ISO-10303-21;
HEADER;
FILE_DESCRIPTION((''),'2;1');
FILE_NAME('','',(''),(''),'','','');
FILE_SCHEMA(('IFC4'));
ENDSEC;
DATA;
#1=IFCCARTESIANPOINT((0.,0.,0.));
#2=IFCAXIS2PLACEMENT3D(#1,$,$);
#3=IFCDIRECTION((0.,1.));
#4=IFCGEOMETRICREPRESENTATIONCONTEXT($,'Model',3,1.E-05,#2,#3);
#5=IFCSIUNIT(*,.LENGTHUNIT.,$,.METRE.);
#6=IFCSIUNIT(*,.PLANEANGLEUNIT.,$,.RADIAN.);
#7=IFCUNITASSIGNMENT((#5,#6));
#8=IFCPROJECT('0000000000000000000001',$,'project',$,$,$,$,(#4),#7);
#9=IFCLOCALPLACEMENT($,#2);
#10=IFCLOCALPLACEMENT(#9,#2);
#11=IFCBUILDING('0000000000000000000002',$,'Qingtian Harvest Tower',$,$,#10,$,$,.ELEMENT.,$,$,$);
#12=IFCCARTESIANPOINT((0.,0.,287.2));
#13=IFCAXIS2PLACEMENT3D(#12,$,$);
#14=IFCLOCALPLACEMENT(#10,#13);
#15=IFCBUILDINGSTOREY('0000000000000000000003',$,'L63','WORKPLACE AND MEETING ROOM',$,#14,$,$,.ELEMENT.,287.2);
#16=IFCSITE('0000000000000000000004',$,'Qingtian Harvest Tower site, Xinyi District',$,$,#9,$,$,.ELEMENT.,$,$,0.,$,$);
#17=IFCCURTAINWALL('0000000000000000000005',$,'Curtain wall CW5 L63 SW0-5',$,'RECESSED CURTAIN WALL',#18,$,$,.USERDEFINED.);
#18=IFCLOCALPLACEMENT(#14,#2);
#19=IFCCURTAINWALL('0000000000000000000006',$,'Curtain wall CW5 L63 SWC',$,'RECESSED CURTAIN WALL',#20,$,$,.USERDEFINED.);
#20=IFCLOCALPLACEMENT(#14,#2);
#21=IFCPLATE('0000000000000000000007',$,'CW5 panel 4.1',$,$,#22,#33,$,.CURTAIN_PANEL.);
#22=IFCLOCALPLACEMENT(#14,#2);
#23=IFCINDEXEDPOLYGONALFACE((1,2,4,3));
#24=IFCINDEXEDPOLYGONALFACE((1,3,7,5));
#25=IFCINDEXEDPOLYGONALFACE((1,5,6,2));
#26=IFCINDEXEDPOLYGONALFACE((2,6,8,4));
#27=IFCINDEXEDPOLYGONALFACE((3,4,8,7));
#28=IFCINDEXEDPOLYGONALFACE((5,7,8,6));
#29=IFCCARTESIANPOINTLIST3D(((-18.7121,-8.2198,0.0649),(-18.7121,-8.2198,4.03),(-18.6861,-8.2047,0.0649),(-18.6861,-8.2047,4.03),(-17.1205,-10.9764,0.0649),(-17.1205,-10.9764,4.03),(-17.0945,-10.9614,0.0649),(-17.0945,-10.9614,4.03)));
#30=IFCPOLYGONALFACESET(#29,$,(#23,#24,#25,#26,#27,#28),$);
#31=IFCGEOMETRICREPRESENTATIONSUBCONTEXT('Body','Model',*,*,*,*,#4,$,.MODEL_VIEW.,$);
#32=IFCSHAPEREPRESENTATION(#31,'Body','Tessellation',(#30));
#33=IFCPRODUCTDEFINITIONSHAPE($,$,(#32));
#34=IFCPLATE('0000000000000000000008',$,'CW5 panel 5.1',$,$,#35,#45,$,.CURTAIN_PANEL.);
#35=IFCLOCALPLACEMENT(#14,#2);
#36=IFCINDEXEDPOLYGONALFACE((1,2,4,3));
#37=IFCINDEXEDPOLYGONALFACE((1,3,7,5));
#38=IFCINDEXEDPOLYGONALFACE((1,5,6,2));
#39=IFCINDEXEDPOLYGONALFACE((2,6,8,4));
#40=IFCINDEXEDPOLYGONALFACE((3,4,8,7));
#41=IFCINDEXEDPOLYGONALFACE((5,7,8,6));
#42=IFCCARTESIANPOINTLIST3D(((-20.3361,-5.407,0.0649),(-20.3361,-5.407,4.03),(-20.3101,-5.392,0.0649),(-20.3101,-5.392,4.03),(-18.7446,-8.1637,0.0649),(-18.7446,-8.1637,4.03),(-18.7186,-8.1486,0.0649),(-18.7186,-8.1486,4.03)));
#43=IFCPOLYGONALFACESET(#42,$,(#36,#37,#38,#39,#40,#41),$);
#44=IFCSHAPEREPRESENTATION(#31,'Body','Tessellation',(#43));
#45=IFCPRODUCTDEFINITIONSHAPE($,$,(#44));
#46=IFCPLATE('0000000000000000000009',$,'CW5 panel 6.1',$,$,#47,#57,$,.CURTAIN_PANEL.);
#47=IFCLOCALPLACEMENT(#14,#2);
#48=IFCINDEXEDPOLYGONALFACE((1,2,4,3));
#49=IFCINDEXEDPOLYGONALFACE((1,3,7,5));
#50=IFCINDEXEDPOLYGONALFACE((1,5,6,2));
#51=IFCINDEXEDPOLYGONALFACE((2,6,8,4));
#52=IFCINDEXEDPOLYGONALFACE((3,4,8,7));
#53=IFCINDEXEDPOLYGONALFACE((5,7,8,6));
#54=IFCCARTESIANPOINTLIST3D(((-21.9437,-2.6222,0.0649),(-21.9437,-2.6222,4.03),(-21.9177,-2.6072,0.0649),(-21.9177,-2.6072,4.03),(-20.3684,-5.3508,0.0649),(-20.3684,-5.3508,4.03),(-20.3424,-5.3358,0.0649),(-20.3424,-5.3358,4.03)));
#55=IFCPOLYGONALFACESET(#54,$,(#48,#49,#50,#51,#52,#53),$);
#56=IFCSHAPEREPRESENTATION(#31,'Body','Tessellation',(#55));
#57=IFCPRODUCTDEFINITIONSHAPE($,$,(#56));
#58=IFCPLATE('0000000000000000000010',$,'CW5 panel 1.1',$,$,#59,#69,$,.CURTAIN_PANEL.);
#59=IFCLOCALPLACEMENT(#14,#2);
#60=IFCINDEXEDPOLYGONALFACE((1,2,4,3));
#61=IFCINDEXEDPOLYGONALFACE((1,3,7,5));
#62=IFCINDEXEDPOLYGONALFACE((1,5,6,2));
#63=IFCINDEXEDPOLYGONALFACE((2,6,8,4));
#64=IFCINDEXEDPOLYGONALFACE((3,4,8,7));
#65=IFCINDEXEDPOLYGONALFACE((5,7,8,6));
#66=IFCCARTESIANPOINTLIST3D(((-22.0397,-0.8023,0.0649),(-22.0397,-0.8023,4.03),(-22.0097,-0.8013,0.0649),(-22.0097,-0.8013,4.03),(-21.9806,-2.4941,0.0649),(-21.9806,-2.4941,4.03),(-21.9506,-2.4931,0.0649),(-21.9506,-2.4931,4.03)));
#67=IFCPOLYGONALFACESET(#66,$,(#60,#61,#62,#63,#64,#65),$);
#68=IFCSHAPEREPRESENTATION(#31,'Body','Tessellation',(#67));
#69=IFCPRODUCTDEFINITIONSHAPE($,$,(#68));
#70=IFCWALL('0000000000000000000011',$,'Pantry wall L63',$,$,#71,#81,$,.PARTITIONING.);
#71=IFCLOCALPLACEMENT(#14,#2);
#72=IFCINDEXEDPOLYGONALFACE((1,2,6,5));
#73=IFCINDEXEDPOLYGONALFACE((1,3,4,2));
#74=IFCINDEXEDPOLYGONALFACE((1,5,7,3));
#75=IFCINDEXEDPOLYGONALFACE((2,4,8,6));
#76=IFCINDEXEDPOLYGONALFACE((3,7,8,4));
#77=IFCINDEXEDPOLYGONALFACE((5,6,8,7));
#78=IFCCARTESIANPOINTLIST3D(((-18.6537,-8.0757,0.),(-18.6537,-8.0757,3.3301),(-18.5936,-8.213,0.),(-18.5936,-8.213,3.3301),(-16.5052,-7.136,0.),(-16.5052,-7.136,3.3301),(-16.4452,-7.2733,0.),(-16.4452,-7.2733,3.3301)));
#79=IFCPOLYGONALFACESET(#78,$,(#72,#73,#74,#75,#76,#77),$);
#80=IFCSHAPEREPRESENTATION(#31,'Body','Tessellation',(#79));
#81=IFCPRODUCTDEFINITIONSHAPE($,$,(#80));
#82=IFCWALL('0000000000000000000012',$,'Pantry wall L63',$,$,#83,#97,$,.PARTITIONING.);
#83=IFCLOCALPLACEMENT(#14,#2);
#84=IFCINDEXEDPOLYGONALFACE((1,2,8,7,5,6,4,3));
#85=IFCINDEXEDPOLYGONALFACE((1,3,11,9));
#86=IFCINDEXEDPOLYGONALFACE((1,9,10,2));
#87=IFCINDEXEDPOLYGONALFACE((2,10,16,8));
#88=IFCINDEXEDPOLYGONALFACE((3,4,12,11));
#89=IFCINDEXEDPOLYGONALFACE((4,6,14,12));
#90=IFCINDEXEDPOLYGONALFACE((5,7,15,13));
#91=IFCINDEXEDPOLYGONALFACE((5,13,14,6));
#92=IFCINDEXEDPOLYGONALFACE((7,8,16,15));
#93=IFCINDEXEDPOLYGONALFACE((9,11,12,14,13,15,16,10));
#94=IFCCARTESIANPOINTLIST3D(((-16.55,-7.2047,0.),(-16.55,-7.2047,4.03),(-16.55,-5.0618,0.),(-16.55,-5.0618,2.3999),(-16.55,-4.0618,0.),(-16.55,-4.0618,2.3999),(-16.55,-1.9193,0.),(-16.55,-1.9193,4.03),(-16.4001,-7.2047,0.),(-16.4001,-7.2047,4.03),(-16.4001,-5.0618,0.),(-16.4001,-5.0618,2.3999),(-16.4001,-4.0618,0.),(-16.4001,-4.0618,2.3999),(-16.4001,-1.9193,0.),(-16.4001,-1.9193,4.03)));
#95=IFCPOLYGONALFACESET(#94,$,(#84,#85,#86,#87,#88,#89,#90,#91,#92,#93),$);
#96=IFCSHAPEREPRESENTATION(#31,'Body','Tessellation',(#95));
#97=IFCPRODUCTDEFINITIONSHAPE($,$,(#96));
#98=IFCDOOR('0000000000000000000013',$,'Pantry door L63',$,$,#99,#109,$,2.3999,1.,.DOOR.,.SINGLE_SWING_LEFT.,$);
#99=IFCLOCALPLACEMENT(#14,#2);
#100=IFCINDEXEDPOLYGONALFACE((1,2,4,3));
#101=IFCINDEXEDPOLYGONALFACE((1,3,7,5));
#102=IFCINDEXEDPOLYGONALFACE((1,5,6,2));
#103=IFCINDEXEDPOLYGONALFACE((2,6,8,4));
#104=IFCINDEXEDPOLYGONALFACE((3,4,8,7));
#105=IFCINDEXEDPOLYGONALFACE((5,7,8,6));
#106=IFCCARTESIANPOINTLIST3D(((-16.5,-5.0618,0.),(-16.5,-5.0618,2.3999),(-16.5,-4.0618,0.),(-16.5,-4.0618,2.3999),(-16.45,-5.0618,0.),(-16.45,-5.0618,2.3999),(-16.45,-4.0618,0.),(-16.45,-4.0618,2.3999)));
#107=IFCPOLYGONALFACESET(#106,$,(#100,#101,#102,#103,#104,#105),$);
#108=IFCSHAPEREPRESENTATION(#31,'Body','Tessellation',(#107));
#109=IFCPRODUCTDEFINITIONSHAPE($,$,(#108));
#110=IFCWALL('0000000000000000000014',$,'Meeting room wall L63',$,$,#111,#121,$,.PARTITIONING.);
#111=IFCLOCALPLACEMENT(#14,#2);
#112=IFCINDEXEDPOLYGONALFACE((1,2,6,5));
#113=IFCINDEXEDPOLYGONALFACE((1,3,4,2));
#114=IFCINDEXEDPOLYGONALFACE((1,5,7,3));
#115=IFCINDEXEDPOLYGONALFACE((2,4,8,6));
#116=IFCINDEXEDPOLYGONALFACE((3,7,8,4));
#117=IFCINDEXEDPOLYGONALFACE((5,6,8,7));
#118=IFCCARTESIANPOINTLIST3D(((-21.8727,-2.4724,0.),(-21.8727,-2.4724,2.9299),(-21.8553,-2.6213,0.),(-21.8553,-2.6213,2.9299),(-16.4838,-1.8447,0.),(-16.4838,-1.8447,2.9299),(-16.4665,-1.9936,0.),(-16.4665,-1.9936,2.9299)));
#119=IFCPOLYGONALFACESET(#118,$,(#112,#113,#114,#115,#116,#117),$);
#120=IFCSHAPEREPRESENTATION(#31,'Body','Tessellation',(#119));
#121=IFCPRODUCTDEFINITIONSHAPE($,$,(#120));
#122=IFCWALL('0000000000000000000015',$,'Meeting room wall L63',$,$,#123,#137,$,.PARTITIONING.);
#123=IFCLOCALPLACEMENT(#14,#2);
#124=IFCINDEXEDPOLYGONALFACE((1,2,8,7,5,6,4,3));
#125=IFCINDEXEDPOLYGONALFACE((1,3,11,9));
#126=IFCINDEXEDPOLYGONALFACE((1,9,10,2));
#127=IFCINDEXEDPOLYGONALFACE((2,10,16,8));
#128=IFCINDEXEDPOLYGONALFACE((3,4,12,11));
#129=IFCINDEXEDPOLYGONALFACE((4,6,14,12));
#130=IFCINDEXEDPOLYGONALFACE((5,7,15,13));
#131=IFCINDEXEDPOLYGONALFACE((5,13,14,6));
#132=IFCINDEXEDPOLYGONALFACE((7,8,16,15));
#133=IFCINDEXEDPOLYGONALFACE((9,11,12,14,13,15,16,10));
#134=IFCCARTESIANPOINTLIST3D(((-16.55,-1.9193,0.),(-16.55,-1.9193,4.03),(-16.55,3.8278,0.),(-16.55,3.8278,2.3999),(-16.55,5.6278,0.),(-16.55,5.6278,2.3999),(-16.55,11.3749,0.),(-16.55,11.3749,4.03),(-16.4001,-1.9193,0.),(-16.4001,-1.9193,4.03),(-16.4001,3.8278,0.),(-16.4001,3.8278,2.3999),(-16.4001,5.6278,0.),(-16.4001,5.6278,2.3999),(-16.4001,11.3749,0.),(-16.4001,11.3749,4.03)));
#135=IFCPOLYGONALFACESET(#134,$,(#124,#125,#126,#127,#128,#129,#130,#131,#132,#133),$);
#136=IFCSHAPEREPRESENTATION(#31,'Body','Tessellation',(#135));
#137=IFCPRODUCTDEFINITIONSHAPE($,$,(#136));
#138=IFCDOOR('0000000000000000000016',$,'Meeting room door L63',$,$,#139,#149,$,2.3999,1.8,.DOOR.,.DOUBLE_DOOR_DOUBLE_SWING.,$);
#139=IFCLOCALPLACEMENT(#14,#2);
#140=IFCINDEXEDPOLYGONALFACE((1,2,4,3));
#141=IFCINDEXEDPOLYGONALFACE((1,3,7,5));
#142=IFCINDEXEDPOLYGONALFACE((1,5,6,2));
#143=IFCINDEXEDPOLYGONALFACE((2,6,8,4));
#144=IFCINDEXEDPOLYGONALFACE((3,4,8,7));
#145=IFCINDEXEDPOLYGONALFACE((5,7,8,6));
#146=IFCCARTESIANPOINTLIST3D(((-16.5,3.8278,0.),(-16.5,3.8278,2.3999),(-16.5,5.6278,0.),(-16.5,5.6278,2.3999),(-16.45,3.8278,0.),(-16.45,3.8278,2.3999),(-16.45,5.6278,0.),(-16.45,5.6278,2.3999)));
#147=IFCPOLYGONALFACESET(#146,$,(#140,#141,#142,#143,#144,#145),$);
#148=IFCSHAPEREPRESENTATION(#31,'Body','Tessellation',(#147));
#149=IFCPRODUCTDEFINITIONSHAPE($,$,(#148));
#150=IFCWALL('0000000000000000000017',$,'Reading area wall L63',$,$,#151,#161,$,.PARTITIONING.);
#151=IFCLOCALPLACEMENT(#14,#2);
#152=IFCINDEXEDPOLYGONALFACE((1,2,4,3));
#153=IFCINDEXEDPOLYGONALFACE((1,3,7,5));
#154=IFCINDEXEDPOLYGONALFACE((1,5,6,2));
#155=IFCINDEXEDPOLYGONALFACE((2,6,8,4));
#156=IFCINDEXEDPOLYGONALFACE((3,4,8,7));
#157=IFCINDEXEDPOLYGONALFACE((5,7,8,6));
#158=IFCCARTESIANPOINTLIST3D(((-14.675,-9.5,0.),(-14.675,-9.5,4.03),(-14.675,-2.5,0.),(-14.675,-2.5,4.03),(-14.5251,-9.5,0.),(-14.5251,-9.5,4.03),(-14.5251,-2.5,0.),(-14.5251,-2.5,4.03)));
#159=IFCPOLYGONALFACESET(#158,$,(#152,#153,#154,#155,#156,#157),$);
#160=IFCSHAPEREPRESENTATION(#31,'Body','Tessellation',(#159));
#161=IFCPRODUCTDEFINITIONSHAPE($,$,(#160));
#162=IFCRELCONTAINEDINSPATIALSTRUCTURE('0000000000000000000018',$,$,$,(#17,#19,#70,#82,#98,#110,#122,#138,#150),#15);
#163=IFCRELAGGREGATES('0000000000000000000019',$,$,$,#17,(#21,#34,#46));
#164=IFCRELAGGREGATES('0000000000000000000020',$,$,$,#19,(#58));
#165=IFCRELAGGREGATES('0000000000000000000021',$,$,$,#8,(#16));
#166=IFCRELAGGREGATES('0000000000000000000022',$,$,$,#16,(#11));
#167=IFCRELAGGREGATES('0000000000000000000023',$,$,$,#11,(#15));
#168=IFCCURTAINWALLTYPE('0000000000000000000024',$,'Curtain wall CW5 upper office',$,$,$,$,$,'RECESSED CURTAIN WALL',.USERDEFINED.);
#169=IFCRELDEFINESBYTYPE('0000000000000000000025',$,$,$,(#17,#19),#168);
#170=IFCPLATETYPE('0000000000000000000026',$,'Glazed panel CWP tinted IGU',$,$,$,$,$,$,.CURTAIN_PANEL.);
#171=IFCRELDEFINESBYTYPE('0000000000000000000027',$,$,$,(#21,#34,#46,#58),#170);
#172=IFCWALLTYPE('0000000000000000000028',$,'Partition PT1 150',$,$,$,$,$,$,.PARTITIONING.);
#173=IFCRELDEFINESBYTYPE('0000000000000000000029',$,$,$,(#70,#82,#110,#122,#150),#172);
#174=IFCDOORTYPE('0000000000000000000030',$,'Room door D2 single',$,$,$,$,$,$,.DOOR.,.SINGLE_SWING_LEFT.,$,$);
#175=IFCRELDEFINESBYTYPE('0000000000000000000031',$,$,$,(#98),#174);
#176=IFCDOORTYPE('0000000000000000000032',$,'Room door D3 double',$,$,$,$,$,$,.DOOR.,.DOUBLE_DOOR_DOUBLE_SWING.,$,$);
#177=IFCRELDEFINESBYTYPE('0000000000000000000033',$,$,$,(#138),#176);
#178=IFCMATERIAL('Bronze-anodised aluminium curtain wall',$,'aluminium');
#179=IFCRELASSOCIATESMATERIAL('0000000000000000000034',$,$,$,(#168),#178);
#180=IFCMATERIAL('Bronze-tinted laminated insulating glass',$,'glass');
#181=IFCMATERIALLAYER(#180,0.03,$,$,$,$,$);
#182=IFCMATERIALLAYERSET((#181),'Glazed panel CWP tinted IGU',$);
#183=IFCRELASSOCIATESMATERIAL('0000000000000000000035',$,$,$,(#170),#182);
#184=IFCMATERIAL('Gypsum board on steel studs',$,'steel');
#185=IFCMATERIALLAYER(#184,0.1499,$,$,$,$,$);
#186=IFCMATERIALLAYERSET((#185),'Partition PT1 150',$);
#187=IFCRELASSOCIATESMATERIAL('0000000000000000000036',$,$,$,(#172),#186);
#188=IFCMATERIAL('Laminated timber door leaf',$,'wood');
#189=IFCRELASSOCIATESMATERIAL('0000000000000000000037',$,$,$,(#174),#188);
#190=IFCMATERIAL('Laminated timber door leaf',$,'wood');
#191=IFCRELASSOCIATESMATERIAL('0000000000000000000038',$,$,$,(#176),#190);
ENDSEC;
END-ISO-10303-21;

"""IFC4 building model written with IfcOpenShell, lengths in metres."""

from ifc_helpers import new_model, si_unit, direction, frame, frame_2d, origin, origin_2d, place, context, subcontext, project, spatial, rectangle, extrude, material, layer, layer_set, type_object, element, fill, aggregate, save


model = new_model("IFC4")

# Units and contexts
model_context = context("Model", 3, precision=1e-05, world=origin(), true_north=direction((0.0, 1.0)))
body_context = subcontext(model_context, "Body", "Model", "MODEL_VIEW")
ifc_project = project(units=[si_unit("LENGTHUNIT", "METRE"), si_unit("PLANEANGLEUNIT", "RADIAN")], contexts=[model_context])

# Site, building, storey
site_placement = place(None, origin())
site = spatial("IfcSite", under=ifc_project, at=site_placement, Name="Qingtian Harvest Tower site, Xinyi District", CompositionType="ELEMENT", RefElevation=0.0)
building_placement = place(site_placement, origin())
building = spatial("IfcBuilding", under=site, at=building_placement, Name="Qingtian Harvest Tower", CompositionType="ELEMENT")
storey_placement = place(building_placement, frame((0.0, 0.0, 287.2)))
storey = spatial("IfcBuildingStorey", under=building, at=storey_placement, Name="L63", Description="WORKPLACE AND MEETING ROOM", CompositionType="ELEMENT", Elevation=287.2)

# Curtain walls
ifc_material_1 = material(Name="Bronze-anodised aluminium curtain wall", Category="aluminium")
curtain_wall_type = type_object("IfcCurtainWallType", Name="Curtain wall CW5 upper office", ElementType="RECESSED CURTAIN WALL", PredefinedType="USERDEFINED", material=ifc_material_1)
curtain_wall_1_placement = place(storey_placement, origin())
curtain_wall_1 = element("IfcCurtainWall", 1, at=curtain_wall_1_placement, inside=storey, type_object=curtain_wall_type, Name="Curtain wall CW5 L63 SW0-5", ObjectType="RECESSED CURTAIN WALL", PredefinedType="USERDEFINED")
curtain_wall_2_placement = place(storey_placement, origin())
curtain_wall_2 = element("IfcCurtainWall", 2, at=curtain_wall_2_placement, inside=storey, type_object=curtain_wall_type, Name="Curtain wall CW5 L63 SWC", ObjectType="RECESSED CURTAIN WALL", PredefinedType="USERDEFINED")

# Plates
ifc_material_2 = material(Name="Bronze-tinted laminated insulating glass", Category="glass")
ifc_layer_1 = layer(ifc_material_2, 0.03)
ifc_layer_set_1 = layer_set([ifc_layer_1], Name="Glazed panel CWP tinted IGU")
plate_type = type_object("IfcPlateType", Name="Glazed panel CWP tinted IGU", PredefinedType="CURTAIN_PANEL", material=ifc_layer_set_1)
plate_1_placement = place(storey_placement, frame((-17.9033, -9.5906, 0.0649), z_axis=(0.0, 0.0, 1.0), x_axis=(-0.5, 0.866025, 0.0)))
plate_1 = element("IfcPlate", 3, at=plate_1_placement, type_object=plate_type, Name="CW5 panel 4.1", PredefinedType="CURTAIN_PANEL", context=body_context, shape_type="SweptSolid", body=[
    extrude(rectangle(XDim=3.1831, YDim=0.03, at=origin_2d()), origin(), (0.0, 0.0, 1.0), 3.9651),
])
plate_2_placement = place(storey_placement, frame((-19.5273, -6.7778, 0.0649), z_axis=(0.0, 0.0, 1.0), x_axis=(-0.5, 0.866025, 0.0)))
plate_2 = element("IfcPlate", 4, at=plate_2_placement, type_object=plate_type, Name="CW5 panel 5.1", PredefinedType="CURTAIN_PANEL", context=body_context, shape_type="SweptSolid", body=[
    extrude(rectangle(XDim=3.1831, YDim=0.03, at=origin_2d()), origin(), (0.0, 0.0, 1.0), 3.9651),
])
plate_3_placement = place(storey_placement, frame((-21.1431, -3.979, 0.0649), z_axis=(0.0, 0.0, 1.0), x_axis=(-0.5, 0.866025, 0.0)))
plate_3 = element("IfcPlate", 5, at=plate_3_placement, type_object=plate_type, Name="CW5 panel 6.1", PredefinedType="CURTAIN_PANEL", context=body_context, shape_type="SweptSolid", body=[
    extrude(rectangle(XDim=3.1506, YDim=0.03, at=origin_2d()), origin(), (0.0, 0.0, 1.0), 3.9651),
])
aggregate(curtain_wall_1, [plate_1, plate_2, plate_3])
plate_4_placement = place(storey_placement, frame((-21.9951, -1.6477, 0.0649), z_axis=(0.0, 0.0, 1.0), x_axis=(-0.034899, 0.999391, 0.0)))
plate_4 = element("IfcPlate", 6, at=plate_4_placement, type_object=plate_type, Name="CW5 panel 1.1", PredefinedType="CURTAIN_PANEL", context=body_context, shape_type="SweptSolid", body=[
    extrude(rectangle(XDim=1.6929, YDim=0.03, at=origin_2d()), origin(), (0.0, 0.0, 1.0), 3.9651),
])
aggregate(curtain_wall_2, [plate_4])

# Wall
ifc_material_3 = material(Name="Gypsum board on steel studs", Category="steel")
ifc_layer_2 = layer(ifc_material_3, 0.1499)
ifc_layer_set_2 = layer_set([ifc_layer_2], Name="Partition PT1 150")
wall_type = type_object("IfcWallType", Name="Partition PT1 150", PredefinedType="PARTITIONING", material=ifc_layer_set_2)
wall_1_placement = place(storey_placement, frame((-18.6235, -8.1443, 0.0), z_axis=(0.0, 0.0, 1.0), x_axis=(0.916196, 0.400731, 0.0)))
element("IfcWall", 7, at=wall_1_placement, inside=storey, type_object=wall_type, Name="Pantry wall L63", PredefinedType="PARTITIONING", context=body_context, shape_type="SweptSolid", body=[
    extrude(rectangle(XDim=2.345, YDim=0.1499, at=frame_2d((1.1724, 0.0))), origin(), (0.0, 0.0, 1.0), 3.3301),
])

# Wall, opening, door
wall_2_placement = place(storey_placement, frame((-16.4751, -7.2046, 0.0), z_axis=(0.0, 0.0, 1.0), x_axis=(0.0, 1.0, 0.0)))
wall_2 = element("IfcWall", 8, at=wall_2_placement, inside=storey, type_object=wall_type, Name="Pantry wall L63", PredefinedType="PARTITIONING", context=body_context, shape_type="SweptSolid", body=[
    extrude(rectangle(XDim=5.2854, YDim=0.1499, at=frame_2d((2.6426, 0.0))), origin(), (0.0, 0.0, 1.0), 4.03),
])
opening_1_placement = place(wall_2_placement, frame((2.1428, 0.0, 0.0)))
opening_1 = element("IfcOpeningElement", 9, at=opening_1_placement, cuts=wall_2, PredefinedType="OPENING", context=body_context, shape_type="SweptSolid", body=[
    extrude(rectangle(XDim=1.0, YDim=2.3999, at=frame_2d((0.5, 1.2))), frame((0.0, 0.085, 0.0), z_axis=(0.0, -1.0, 0.0), x_axis=(1.0, 0.0, 0.0)), (0.0, 0.0, 1.0), 0.1699),
])
ifc_material_4 = material(Name="Laminated timber door leaf", Category="wood")
door_type_1 = type_object("IfcDoorType", Name="Room door D2 single", OperationType="SINGLE_SWING_LEFT", PredefinedType="DOOR", material=ifc_material_4)
door_1_placement = place(opening_1_placement, origin())
door_1 = element("IfcDoor", 10, at=door_1_placement, inside=storey, type_object=door_type_1, Name="Pantry door L63", OperationType="SINGLE_SWING_LEFT", OverallHeight=2.3999, OverallWidth=1.0, PredefinedType="DOOR", context=body_context, shape_type="SweptSolid", body=[
    extrude(rectangle(XDim=1.0, YDim=2.3999, at=frame_2d((0.5, 1.2))), frame((0.0, 0.0249, 0.0), z_axis=(0.0, -1.0, 0.0), x_axis=(1.0, 0.0, 0.0)), (0.0, 0.0, 1.0), 0.05),
])
fill(opening_1, door_1)

# Wall
wall_3_placement = place(storey_placement, frame((-21.864, -2.5469, 0.0), z_axis=(0.0, 0.0, 1.0), x_axis=(0.993285, 0.115695, 0.0)))
element("IfcWall", 11, at=wall_3_placement, inside=storey, type_object=wall_type, Name="Meeting room wall L63", PredefinedType="PARTITIONING", context=body_context, shape_type="SweptSolid", body=[
    extrude(rectangle(XDim=5.4253, YDim=0.1499, at=frame_2d((2.7126, 0.0))), origin(), (0.0, 0.0, 1.0), 2.9299),
])

# Wall, opening, door
wall_4_placement = place(storey_placement, frame((-16.4751, -1.9192, 0.0), z_axis=(0.0, 0.0, 1.0), x_axis=(0.0, 1.0, 0.0)))
wall_4 = element("IfcWall", 12, at=wall_4_placement, inside=storey, type_object=wall_type, Name="Meeting room wall L63", PredefinedType="PARTITIONING", context=body_context, shape_type="SweptSolid", body=[
    extrude(rectangle(XDim=13.2942, YDim=0.1499, at=frame_2d((6.647, 0.0))), origin(), (0.0, 0.0, 1.0), 4.03),
])
opening_2_placement = place(wall_4_placement, frame((5.7471, 0.0, 0.0)))
opening_2 = element("IfcOpeningElement", 13, at=opening_2_placement, cuts=wall_4, PredefinedType="OPENING", context=body_context, shape_type="SweptSolid", body=[
    extrude(rectangle(XDim=1.8, YDim=2.3999, at=frame_2d((0.8999, 1.2))), frame((0.0, 0.085, 0.0), z_axis=(0.0, -1.0, 0.0), x_axis=(1.0, 0.0, 0.0)), (0.0, 0.0, 1.0), 0.1699),
])
ifc_material_5 = material(Name="Laminated timber door leaf", Category="wood")
door_type_2 = type_object("IfcDoorType", Name="Room door D3 double", OperationType="DOUBLE_DOOR_DOUBLE_SWING", PredefinedType="DOOR", material=ifc_material_5)
door_2_placement = place(opening_2_placement, origin())
door_2 = element("IfcDoor", 14, at=door_2_placement, inside=storey, type_object=door_type_2, Name="Meeting room door L63", OperationType="DOUBLE_DOOR_DOUBLE_SWING", OverallHeight=2.3999, OverallWidth=1.8, PredefinedType="DOOR", context=body_context, shape_type="SweptSolid", body=[
    extrude(rectangle(XDim=1.8, YDim=2.3999, at=frame_2d((0.8999, 1.2))), frame((0.0, 0.0249, 0.0), z_axis=(0.0, -1.0, 0.0), x_axis=(1.0, 0.0, 0.0)), (0.0, 0.0, 1.0), 0.05),
])
fill(opening_2, door_2)

# Wall
wall_5_placement = place(storey_placement, frame((-14.6001, -9.5, 0.0), z_axis=(0.0, 0.0, 1.0), x_axis=(0.0, 1.0, 0.0)))
element("IfcWall", 15, at=wall_5_placement, inside=storey, type_object=wall_type, Name="Reading area wall L63", PredefinedType="PARTITIONING", context=body_context, shape_type="SweptSolid", body=[
    extrude(rectangle(XDim=7.0, YDim=0.1499, at=frame_2d((3.5, 0.0))), origin(), (0.0, 0.0, 1.0), 4.03),
])

save(model, "model.ifc")
